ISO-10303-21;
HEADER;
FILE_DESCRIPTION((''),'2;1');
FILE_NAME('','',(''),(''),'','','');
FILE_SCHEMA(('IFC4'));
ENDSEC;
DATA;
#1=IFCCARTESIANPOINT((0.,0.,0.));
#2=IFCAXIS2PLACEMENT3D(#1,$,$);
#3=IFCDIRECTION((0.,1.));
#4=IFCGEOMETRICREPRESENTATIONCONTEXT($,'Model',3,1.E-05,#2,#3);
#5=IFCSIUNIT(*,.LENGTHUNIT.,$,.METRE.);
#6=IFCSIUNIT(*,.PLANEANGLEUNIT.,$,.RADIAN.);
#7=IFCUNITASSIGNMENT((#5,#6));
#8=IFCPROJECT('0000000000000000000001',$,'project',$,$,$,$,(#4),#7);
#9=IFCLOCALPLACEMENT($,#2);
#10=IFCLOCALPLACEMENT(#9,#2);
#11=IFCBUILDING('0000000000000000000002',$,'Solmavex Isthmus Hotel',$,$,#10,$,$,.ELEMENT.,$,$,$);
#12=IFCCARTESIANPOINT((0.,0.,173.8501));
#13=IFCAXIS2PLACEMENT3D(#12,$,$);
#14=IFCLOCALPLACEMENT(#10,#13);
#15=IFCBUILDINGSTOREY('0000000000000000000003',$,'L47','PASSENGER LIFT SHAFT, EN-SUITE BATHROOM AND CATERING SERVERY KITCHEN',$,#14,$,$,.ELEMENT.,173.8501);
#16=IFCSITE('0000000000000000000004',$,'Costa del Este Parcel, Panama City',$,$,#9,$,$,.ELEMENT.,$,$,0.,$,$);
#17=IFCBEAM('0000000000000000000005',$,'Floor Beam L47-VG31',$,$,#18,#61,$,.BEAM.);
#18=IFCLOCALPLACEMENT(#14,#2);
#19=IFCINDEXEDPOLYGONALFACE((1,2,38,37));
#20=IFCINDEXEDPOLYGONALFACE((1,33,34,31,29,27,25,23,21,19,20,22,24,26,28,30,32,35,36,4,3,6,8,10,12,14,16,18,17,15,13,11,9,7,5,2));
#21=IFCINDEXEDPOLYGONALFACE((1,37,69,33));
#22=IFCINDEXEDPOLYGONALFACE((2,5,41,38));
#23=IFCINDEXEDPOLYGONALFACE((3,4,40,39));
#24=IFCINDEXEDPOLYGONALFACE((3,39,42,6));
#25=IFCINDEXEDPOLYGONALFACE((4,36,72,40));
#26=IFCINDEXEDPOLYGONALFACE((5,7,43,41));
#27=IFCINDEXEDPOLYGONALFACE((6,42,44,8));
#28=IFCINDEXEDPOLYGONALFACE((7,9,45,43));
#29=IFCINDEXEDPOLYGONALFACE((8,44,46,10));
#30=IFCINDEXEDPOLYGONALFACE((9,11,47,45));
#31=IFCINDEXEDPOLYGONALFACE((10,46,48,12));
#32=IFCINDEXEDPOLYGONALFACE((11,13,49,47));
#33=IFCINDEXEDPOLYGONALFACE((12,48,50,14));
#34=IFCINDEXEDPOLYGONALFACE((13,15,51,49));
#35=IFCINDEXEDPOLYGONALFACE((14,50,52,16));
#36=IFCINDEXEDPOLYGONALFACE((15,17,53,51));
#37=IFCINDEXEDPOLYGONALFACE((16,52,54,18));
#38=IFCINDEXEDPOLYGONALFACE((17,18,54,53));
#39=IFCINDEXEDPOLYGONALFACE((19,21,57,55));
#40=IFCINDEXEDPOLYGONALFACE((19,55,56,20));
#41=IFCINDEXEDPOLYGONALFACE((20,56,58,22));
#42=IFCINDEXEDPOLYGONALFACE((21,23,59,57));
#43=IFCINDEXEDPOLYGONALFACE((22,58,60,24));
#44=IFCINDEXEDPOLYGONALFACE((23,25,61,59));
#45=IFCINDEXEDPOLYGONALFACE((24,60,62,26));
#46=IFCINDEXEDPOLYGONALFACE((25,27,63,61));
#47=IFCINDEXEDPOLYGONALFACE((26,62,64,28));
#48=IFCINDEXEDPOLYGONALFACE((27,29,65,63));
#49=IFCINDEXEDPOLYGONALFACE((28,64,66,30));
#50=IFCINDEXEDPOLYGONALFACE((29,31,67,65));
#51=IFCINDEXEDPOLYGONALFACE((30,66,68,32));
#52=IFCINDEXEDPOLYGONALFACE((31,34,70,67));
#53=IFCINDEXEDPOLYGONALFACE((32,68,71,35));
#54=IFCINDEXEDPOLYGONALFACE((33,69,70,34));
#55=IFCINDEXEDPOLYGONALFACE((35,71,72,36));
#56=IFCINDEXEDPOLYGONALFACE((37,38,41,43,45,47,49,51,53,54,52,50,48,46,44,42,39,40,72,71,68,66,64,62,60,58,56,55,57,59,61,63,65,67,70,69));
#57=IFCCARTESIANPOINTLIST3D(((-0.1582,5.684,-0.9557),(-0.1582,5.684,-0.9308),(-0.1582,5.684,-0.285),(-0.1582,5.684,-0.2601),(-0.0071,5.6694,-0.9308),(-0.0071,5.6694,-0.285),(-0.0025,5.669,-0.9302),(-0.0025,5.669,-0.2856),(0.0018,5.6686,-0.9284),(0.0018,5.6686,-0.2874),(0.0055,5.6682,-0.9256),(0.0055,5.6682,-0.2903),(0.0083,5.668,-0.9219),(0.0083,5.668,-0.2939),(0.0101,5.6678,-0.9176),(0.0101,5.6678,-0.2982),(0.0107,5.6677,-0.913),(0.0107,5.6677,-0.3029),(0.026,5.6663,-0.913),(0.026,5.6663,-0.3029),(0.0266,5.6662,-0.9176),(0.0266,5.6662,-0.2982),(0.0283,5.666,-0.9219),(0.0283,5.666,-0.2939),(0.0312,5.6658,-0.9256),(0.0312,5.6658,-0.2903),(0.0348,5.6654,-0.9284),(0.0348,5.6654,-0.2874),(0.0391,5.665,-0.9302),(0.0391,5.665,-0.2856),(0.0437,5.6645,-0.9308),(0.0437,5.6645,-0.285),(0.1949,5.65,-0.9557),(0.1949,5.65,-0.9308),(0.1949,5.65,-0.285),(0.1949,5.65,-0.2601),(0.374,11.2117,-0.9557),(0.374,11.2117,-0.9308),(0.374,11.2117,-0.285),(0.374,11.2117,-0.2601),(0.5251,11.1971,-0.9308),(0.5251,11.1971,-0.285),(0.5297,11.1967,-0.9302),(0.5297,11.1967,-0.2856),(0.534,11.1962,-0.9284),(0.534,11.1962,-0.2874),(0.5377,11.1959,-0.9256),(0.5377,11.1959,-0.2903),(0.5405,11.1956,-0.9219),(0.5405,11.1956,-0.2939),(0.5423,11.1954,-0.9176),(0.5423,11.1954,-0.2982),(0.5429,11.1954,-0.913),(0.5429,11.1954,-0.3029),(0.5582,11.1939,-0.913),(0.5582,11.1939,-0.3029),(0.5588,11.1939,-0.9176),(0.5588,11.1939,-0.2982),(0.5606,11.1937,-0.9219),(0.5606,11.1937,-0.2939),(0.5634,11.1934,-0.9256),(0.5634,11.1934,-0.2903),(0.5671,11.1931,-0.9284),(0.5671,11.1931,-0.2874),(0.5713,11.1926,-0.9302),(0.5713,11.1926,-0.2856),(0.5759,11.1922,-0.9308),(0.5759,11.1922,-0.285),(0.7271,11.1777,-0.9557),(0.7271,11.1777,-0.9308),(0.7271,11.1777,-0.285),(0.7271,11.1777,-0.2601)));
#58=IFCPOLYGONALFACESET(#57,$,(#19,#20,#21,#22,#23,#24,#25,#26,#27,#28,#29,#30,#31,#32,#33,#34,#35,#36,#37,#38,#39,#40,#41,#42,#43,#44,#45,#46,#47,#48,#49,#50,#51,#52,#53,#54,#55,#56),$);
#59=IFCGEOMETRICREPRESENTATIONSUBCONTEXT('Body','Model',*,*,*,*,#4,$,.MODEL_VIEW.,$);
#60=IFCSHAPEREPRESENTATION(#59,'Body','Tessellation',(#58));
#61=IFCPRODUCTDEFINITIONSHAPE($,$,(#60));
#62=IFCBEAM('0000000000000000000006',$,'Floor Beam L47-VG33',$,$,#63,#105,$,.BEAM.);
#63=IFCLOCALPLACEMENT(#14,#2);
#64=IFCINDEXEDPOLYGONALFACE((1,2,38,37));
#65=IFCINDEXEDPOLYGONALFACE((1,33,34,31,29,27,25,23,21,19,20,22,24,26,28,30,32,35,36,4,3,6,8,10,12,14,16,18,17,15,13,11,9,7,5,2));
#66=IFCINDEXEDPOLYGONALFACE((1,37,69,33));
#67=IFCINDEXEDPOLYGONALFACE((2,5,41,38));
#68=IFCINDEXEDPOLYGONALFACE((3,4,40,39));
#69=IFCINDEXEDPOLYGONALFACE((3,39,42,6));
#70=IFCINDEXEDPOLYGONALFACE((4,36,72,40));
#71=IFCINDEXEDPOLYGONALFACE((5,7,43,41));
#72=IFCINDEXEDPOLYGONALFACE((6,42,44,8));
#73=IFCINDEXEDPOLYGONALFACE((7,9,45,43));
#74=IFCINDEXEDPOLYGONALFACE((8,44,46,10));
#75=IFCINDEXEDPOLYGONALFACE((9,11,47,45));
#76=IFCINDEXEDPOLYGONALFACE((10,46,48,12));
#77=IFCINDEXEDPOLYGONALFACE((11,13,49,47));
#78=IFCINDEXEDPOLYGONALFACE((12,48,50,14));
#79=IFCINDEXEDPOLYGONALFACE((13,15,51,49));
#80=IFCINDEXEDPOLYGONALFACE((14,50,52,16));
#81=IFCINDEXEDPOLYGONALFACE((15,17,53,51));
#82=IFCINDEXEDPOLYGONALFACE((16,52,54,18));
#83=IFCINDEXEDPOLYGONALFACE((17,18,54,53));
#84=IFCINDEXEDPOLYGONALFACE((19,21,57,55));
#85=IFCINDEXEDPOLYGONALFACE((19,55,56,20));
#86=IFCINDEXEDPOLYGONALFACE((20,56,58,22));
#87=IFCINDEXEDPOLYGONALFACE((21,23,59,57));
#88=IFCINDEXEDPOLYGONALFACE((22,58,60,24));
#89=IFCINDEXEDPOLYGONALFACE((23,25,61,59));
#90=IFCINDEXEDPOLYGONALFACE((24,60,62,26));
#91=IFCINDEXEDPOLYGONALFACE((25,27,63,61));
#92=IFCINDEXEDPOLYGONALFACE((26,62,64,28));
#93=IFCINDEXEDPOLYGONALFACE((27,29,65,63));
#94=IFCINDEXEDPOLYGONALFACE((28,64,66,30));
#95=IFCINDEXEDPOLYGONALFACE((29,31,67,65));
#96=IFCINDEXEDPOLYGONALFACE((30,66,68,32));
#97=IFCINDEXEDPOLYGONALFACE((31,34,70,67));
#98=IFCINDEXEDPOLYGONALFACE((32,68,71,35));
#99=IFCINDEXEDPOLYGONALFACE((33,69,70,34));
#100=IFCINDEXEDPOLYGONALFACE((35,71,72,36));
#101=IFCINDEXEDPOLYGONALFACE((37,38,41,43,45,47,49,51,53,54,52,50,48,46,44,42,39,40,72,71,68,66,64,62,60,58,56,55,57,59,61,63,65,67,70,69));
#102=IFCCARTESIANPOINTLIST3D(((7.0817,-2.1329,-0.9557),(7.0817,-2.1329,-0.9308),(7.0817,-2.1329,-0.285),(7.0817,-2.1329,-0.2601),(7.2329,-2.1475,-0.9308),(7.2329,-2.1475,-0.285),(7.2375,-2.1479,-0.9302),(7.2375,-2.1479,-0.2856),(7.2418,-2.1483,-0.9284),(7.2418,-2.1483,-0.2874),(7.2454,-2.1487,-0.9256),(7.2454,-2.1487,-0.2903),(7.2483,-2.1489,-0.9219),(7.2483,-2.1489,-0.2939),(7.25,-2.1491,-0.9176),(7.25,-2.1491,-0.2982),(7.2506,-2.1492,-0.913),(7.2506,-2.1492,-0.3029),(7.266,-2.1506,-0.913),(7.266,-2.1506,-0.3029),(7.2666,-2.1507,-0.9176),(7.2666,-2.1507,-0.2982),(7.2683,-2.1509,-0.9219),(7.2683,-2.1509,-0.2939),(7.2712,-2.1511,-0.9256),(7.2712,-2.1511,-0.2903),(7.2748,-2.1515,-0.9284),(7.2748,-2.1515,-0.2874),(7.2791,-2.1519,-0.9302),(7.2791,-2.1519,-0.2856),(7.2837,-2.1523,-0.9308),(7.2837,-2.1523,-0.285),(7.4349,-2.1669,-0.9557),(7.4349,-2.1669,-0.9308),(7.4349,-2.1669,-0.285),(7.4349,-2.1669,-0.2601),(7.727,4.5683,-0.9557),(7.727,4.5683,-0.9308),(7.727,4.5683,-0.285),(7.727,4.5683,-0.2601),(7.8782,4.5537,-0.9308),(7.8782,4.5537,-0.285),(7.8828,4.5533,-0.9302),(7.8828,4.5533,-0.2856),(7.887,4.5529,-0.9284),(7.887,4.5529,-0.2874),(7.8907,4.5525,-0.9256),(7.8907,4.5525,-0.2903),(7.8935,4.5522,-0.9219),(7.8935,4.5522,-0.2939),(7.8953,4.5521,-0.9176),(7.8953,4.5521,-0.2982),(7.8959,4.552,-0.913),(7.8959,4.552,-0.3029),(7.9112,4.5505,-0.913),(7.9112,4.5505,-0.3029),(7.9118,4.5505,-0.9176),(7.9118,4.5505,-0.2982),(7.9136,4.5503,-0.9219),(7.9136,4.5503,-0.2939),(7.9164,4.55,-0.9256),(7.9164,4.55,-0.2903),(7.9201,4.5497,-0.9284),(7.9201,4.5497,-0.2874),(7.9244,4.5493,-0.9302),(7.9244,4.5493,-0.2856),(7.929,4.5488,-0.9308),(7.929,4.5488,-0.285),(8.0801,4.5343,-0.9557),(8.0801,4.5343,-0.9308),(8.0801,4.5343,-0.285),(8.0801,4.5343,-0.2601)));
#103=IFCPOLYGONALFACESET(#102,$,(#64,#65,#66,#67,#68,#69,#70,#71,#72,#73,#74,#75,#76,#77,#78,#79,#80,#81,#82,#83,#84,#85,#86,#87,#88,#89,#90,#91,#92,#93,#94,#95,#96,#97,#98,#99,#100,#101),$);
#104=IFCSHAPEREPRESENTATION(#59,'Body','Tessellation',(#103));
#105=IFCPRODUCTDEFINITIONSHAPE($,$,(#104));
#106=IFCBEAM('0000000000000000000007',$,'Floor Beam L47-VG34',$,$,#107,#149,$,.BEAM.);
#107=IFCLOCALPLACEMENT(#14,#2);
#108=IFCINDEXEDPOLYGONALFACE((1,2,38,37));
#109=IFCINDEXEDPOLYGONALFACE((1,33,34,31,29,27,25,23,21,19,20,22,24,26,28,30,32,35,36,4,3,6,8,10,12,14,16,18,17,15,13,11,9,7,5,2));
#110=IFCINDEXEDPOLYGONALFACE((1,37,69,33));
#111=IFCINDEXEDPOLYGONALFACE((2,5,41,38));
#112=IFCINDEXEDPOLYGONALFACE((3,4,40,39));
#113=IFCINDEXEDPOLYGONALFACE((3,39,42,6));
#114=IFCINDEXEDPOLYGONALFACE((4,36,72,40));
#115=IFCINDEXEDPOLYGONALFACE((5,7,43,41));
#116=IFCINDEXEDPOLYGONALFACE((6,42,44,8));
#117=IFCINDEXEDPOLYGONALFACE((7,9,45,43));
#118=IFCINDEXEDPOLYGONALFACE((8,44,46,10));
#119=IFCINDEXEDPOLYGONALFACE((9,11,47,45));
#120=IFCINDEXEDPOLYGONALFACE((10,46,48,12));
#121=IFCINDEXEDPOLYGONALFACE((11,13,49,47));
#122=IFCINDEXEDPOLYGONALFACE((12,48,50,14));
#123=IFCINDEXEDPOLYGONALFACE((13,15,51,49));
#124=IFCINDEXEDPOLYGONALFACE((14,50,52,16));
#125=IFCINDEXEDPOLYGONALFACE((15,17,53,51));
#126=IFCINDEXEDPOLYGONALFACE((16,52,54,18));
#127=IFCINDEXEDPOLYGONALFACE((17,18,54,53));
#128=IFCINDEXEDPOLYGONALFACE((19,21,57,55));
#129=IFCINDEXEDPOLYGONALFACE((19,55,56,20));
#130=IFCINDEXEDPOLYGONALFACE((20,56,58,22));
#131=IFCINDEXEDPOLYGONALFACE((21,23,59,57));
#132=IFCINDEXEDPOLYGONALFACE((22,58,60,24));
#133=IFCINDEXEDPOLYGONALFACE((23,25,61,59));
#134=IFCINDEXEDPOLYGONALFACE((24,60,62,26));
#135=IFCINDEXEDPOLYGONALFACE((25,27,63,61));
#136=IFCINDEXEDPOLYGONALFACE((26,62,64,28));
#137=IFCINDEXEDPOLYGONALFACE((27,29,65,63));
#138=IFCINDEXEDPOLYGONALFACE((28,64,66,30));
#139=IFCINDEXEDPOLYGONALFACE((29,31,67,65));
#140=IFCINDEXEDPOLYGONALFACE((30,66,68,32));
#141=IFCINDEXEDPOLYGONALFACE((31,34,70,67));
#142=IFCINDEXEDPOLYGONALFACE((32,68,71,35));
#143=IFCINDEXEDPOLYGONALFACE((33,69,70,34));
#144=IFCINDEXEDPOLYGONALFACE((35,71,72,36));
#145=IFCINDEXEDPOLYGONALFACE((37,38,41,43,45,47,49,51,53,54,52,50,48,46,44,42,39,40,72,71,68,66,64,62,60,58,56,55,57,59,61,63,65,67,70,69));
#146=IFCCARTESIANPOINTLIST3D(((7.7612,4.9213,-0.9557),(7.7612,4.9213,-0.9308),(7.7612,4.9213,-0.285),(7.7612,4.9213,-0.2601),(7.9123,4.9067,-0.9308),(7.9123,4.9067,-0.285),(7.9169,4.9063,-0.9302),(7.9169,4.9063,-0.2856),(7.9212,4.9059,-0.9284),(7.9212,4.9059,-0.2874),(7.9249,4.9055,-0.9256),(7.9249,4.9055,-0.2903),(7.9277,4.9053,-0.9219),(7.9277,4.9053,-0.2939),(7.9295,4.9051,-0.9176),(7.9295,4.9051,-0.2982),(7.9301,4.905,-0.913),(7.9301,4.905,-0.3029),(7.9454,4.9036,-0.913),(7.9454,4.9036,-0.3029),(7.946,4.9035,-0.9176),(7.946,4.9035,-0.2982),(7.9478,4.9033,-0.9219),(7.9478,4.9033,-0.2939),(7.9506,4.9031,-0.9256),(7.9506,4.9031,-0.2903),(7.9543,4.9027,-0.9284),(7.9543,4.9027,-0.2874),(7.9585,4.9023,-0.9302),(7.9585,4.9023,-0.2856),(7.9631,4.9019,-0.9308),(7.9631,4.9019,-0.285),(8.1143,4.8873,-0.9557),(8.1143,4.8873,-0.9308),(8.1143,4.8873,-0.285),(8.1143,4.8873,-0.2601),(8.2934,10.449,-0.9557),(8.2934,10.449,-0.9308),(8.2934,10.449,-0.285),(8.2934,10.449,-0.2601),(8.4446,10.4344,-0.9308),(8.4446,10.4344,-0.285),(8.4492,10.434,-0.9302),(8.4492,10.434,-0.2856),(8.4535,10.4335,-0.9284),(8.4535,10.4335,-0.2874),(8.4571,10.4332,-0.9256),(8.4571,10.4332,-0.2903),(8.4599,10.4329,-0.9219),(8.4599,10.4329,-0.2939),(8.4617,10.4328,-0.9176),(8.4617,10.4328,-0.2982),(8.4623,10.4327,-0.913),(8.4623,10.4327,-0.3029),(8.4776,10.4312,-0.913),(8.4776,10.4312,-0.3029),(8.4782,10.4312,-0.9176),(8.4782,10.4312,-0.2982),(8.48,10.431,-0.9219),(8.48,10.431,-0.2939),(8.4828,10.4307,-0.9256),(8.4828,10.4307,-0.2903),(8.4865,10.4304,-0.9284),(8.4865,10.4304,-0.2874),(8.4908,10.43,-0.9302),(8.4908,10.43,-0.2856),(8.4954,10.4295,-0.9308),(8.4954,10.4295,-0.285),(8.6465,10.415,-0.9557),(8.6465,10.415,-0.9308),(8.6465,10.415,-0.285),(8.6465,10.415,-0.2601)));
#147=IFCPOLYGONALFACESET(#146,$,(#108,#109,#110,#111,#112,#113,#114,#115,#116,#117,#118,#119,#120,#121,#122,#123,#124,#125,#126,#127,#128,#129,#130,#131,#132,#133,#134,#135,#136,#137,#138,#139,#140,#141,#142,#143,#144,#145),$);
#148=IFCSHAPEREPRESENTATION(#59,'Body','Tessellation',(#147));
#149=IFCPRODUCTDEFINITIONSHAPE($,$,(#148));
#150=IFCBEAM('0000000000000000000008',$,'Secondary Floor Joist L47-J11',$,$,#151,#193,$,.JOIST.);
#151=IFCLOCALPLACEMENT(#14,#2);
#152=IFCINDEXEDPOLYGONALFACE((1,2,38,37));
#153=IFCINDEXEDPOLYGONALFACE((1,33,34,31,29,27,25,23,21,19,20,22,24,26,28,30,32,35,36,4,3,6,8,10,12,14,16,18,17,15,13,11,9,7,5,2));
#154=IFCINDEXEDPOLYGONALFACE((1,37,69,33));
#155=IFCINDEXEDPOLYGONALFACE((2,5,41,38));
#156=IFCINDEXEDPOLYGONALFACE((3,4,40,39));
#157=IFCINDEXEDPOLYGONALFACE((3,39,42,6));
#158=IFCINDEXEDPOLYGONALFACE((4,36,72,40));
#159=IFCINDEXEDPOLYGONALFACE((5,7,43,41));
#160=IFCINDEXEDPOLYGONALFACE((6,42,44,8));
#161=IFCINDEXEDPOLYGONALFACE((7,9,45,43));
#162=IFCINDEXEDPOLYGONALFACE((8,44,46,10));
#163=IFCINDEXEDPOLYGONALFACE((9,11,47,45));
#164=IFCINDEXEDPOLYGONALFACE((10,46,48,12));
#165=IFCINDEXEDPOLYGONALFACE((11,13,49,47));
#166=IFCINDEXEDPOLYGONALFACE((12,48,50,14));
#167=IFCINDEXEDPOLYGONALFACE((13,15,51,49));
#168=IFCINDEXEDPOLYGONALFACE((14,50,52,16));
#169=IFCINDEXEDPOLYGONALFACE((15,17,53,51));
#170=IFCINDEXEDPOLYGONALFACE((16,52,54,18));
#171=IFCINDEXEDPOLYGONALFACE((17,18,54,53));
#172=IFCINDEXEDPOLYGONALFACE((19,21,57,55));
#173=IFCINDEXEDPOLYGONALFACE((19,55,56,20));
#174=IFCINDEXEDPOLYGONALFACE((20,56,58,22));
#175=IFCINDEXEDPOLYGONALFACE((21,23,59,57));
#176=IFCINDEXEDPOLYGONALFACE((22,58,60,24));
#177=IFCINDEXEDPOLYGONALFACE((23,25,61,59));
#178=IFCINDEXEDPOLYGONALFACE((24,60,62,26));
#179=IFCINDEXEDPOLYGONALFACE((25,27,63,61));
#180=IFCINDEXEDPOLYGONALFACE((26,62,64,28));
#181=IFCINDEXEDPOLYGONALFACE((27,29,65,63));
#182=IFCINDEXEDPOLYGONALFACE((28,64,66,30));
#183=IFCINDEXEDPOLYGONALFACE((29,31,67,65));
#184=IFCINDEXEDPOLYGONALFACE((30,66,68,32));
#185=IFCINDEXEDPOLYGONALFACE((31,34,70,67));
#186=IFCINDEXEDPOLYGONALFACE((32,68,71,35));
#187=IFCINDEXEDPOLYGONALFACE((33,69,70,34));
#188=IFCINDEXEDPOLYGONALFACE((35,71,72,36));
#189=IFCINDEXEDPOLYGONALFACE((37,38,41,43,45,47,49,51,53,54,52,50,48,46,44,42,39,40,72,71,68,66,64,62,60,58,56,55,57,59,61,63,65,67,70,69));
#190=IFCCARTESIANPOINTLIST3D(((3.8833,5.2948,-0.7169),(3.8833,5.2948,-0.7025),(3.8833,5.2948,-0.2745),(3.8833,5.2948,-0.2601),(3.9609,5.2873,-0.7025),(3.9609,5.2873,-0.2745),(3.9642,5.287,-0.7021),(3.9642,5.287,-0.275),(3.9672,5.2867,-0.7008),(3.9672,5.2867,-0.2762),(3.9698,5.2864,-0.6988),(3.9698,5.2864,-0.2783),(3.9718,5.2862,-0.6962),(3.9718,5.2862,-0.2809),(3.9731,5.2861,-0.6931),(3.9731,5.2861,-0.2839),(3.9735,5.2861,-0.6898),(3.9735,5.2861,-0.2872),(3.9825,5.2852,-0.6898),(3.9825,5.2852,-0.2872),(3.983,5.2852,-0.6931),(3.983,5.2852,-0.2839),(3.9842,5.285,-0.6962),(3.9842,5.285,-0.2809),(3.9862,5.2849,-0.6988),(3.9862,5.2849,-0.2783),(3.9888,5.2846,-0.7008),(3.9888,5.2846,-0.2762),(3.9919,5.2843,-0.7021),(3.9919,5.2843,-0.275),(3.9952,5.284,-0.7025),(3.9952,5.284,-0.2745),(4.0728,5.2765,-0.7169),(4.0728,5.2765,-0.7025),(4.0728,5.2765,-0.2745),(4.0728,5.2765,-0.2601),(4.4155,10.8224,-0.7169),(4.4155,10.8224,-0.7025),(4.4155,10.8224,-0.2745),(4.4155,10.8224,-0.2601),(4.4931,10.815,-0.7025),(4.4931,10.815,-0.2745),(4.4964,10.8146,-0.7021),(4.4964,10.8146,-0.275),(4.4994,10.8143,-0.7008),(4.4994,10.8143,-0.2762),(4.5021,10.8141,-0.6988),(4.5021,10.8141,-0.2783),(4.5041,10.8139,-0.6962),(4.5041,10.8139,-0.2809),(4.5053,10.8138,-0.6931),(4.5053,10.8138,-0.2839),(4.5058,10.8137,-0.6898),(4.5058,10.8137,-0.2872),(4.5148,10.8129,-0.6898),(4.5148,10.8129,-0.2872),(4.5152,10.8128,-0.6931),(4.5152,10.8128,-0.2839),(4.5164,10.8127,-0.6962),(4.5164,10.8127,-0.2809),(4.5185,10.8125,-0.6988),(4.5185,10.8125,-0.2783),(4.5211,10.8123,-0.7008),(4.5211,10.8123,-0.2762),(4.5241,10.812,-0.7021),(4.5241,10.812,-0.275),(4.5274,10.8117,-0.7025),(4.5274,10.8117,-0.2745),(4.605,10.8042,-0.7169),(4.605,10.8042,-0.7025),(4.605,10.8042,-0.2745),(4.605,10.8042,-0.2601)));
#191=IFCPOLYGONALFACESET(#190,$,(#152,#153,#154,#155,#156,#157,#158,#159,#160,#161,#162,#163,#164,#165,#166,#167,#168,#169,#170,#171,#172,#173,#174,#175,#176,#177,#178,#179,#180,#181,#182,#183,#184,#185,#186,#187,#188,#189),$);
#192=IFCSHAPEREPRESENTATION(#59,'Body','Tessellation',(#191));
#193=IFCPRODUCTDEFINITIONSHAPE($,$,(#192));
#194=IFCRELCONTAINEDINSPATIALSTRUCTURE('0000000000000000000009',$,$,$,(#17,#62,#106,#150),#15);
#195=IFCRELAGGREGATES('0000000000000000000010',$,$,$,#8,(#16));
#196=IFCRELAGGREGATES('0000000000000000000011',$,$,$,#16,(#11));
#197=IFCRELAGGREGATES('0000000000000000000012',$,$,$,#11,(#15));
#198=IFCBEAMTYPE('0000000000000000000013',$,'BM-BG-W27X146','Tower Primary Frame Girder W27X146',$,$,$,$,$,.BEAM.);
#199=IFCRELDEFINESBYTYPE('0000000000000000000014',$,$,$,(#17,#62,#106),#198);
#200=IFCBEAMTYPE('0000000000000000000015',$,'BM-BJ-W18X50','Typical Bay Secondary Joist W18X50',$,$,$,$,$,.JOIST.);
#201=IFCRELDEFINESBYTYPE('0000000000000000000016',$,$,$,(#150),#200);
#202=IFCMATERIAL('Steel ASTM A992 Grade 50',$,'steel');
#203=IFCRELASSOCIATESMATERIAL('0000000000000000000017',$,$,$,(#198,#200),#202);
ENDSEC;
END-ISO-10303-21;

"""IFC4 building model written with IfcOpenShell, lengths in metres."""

from ifc_helpers import new_model, si_unit, direction, frame, origin, origin_2d, place, context, subcontext, project, spatial, i_section, extrude, material, material_profile, profile_set, type_object, element, save


model = new_model("IFC4")

# Units and contexts
model_context = context("Model", 3, precision=1e-05, world=origin(), true_north=direction((0.0, 1.0)))
body_context = subcontext(model_context, "Body", "Model", "MODEL_VIEW")
ifc_project = project(units=[si_unit("LENGTHUNIT", "METRE"), si_unit("PLANEANGLEUNIT", "RADIAN")], contexts=[model_context])

# Site, building, storey
site_placement = place(None, origin())
site = spatial("IfcSite", under=ifc_project, at=site_placement, Name="Costa del Este Parcel, Panama City", CompositionType="ELEMENT", RefElevation=0.0)
building_placement = place(site_placement, origin())
building = spatial("IfcBuilding", under=site, at=building_placement, Name="Solmavex Isthmus Hotel", CompositionType="ELEMENT")
storey_placement = place(building_placement, frame((0.0, 0.0, 173.8501)))
storey = spatial("IfcBuildingStorey", under=building, at=storey_placement, Name="L47", Description="PASSENGER LIFT SHAFT, EN-SUITE BATHROOM AND CATERING SERVERY KITCHEN", CompositionType="ELEMENT", Elevation=173.8501)

# Beams
ifc_material_1 = material(Name="Steel ASTM A992 Grade 50", Category="steel")
ifc_material_profile_1 = material_profile(ifc_material_1, i_section(OverallWidth=0.3547, OverallDepth=0.6956, WebThickness=0.0154, FlangeThickness=0.0249, FilletRadius=0.0178, at=origin_2d()), Name="W27X146")
ifc_profile_set_1 = profile_set([ifc_material_profile_1], Name="Steel ASTM A992 Grade 50")
beam_type_1 = type_object("IfcBeamType", Name="BM-BG-W27X146", Description="Tower Primary Frame Girder W27X146", PredefinedType="BEAM", material=ifc_profile_set_1)
beam_1_placement = place(storey_placement, frame((0.0183, 5.667, -0.6079), z_axis=(0.095842, 0.995397, 0.0), x_axis=(-0.995397, 0.095842, 0.0)))
element("IfcBeam", 1, at=beam_1_placement, inside=storey, type_object=beam_type_1, Name="Floor Beam L47-VG31", PredefinedType="BEAM", context=body_context, shape_type="SweptSolid", body=[
    extrude(i_section(OverallWidth=0.3547, OverallDepth=0.6956, WebThickness=0.0154, FlangeThickness=0.0249, FilletRadius=0.0178, at=origin_2d()), origin(), (0.0, 0.0, 1.0), 5.5532),
])
beam_2_placement = place(storey_placement, frame((7.2583, -2.1499, -0.6079), z_axis=(0.095848, 0.995396, 0.0), x_axis=(-0.995396, 0.095848, 0.0)))
element("IfcBeam", 2, at=beam_2_placement, inside=storey, type_object=beam_type_1, Name="Floor Beam L47-VG33", PredefinedType="BEAM", context=body_context, shape_type="SweptSolid", body=[
    extrude(i_section(OverallWidth=0.3547, OverallDepth=0.6956, WebThickness=0.0154, FlangeThickness=0.0249, FilletRadius=0.0178, at=origin_2d()), origin(), (0.0, 0.0, 1.0), 6.7322),
])
beam_3_placement = place(storey_placement, frame((7.9377, 4.9043, -0.6079), z_axis=(0.095842, 0.995397, 0.0), x_axis=(-0.995397, 0.095842, 0.0)))
element("IfcBeam", 3, at=beam_3_placement, inside=storey, type_object=beam_type_1, Name="Floor Beam L47-VG34", PredefinedType="BEAM", context=body_context, shape_type="SweptSolid", body=[
    extrude(i_section(OverallWidth=0.3547, OverallDepth=0.6956, WebThickness=0.0154, FlangeThickness=0.0249, FilletRadius=0.0178, at=origin_2d()), origin(), (0.0, 0.0, 1.0), 5.5532),
])
ifc_material_profile_2 = material_profile(ifc_material_1, i_section(OverallWidth=0.1904, OverallDepth=0.4568, WebThickness=0.009, FlangeThickness=0.0144, FilletRadius=0.0127, at=origin_2d()), Name="W18X50")
ifc_profile_set_2 = profile_set([ifc_material_profile_2], Name="Steel ASTM A992 Grade 50")
beam_type_2 = type_object("IfcBeamType", Name="BM-BJ-W18X50", Description="Typical Bay Secondary Joist W18X50", PredefinedType="JOIST", material=ifc_profile_set_2)
beam_4_placement = place(storey_placement, frame((3.978, 5.2856, -0.4885), z_axis=(0.095842, 0.995397, 0.0), x_axis=(-0.995397, 0.095842, 0.0)))
element("IfcBeam", 4, at=beam_4_placement, inside=storey, type_object=beam_type_2, Name="Secondary Floor Joist L47-J11", PredefinedType="JOIST", context=body_context, shape_type="SweptSolid", body=[
    extrude(i_section(OverallWidth=0.1904, OverallDepth=0.4568, WebThickness=0.009, FlangeThickness=0.0144, FilletRadius=0.0127, at=origin_2d()), origin(), (0.0, 0.0, 1.0), 5.5532),
])

save(model, "model.ifc")
